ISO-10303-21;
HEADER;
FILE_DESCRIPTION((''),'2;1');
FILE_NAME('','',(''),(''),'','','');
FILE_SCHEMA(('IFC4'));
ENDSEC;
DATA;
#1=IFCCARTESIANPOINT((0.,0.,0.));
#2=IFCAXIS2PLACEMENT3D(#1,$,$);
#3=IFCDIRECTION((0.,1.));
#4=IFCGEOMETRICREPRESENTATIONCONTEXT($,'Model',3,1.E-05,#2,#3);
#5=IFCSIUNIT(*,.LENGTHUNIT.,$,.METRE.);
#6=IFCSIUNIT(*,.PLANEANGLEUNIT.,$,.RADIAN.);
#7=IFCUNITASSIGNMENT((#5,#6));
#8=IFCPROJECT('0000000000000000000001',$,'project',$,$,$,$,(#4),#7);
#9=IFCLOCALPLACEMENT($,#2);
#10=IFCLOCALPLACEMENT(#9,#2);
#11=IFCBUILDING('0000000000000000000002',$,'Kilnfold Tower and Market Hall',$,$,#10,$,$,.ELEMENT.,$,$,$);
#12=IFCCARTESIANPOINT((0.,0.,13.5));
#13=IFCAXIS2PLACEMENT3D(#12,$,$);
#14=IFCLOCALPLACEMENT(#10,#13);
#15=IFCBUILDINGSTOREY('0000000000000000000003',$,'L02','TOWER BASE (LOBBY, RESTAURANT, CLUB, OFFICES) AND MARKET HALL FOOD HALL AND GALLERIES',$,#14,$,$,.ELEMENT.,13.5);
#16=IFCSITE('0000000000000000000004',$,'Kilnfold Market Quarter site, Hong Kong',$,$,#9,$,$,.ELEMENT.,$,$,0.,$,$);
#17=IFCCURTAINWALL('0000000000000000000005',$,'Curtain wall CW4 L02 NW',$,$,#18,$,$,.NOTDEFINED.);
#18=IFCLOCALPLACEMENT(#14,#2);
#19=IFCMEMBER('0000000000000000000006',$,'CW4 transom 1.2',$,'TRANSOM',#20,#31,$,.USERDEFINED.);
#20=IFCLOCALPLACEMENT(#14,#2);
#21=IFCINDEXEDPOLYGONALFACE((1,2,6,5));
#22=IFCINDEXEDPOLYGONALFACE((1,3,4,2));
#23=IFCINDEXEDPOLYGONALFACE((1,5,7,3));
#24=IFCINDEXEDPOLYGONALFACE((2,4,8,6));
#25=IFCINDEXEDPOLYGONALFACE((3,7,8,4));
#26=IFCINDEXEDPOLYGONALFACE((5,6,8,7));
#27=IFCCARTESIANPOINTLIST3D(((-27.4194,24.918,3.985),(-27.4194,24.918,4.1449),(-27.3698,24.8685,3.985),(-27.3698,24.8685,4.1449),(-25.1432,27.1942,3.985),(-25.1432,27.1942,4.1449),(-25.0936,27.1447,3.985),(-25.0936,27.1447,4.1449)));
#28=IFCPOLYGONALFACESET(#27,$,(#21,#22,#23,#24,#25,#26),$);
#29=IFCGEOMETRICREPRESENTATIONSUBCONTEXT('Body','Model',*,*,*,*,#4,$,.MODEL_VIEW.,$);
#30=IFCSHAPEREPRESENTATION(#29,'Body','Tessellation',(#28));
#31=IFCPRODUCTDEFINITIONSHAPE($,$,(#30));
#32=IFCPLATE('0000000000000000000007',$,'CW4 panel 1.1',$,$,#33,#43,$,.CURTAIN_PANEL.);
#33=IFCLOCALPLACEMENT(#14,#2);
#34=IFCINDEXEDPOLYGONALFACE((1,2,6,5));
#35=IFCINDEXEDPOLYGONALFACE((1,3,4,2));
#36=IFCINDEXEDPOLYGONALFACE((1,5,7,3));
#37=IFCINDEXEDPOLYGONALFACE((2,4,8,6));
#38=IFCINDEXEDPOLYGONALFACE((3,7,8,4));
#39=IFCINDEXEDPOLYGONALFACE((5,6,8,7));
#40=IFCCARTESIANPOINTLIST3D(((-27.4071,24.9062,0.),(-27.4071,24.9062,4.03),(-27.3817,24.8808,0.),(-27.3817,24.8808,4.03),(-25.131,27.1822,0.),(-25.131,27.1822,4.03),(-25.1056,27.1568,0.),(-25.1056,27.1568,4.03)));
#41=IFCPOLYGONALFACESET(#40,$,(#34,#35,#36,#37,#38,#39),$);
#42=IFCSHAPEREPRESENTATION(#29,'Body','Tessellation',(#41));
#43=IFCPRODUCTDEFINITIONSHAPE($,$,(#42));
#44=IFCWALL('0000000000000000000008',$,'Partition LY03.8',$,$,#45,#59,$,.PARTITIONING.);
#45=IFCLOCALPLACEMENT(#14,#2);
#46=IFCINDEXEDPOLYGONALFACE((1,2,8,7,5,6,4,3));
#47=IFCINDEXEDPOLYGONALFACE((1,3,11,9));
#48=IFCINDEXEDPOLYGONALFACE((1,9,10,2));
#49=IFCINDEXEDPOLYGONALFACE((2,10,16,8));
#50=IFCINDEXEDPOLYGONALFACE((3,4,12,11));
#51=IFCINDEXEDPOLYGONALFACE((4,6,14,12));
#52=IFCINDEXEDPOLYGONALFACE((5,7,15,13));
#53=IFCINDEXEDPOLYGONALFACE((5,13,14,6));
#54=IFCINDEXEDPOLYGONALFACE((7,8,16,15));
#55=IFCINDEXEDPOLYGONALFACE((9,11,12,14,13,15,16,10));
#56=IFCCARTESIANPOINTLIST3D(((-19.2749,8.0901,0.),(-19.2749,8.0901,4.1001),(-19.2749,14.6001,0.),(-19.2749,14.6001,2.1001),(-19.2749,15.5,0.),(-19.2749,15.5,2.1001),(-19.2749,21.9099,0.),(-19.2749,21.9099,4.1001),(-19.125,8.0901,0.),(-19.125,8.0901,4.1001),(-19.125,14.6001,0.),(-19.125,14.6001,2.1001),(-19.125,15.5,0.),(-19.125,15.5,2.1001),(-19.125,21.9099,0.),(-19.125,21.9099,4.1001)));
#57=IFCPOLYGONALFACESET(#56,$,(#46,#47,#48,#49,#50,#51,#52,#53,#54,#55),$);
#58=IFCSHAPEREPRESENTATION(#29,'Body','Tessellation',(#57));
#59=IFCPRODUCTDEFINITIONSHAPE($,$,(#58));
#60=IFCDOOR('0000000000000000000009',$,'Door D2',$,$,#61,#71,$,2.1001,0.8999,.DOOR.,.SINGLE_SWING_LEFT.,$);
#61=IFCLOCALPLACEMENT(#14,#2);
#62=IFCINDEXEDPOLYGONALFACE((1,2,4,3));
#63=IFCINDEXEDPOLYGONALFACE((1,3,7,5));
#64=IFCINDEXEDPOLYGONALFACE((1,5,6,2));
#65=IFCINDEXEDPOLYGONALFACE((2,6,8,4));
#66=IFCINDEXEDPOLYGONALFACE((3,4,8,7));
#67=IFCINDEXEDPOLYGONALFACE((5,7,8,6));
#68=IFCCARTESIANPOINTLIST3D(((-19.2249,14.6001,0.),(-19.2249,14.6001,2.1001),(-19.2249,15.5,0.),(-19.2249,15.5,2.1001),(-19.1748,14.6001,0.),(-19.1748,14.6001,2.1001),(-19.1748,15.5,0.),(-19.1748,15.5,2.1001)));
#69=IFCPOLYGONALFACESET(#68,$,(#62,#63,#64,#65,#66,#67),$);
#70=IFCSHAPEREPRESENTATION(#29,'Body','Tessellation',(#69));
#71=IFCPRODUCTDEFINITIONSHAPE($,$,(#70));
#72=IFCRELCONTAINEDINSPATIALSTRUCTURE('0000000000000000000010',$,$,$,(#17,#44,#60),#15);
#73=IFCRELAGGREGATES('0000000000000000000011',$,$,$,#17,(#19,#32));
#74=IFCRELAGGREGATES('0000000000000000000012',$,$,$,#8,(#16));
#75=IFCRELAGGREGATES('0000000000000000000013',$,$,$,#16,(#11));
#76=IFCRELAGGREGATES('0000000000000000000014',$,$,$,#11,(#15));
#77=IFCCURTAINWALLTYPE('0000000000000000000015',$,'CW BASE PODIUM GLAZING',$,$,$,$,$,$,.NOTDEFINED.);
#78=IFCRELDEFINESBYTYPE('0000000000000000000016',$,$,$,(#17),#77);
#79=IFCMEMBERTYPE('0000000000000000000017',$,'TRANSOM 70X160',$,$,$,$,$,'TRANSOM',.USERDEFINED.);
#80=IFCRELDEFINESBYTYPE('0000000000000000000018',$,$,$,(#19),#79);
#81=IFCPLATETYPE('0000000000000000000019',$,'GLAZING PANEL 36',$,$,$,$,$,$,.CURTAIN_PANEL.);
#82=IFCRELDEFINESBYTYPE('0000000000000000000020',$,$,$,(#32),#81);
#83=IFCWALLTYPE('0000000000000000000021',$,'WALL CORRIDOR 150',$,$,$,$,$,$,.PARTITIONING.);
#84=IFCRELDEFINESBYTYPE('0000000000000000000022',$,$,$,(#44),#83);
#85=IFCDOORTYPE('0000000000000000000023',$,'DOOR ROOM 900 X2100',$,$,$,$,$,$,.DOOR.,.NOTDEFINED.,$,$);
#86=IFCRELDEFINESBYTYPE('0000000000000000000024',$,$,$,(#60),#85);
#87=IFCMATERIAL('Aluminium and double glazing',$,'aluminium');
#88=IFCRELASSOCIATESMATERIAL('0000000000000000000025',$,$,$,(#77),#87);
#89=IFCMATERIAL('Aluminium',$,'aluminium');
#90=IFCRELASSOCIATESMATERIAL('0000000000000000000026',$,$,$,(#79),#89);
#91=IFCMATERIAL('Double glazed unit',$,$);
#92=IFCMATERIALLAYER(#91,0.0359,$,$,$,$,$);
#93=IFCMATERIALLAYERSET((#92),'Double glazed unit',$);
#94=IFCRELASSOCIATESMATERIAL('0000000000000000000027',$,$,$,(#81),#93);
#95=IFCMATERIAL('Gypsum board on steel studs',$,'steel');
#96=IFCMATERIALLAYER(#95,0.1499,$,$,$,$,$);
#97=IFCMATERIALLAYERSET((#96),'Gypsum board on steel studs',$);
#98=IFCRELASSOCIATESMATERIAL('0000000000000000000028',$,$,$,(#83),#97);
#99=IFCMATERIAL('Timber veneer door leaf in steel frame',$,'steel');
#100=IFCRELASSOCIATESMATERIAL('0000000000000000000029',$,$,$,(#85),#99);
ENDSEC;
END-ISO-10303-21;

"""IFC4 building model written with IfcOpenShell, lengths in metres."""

from ifc_helpers import new_model, si_unit, direction, frame, frame_2d, origin, origin_2d, place, context, subcontext, project, spatial, rectangle, extrude, source, transform, mapped, material, layer, layer_set, material_profile, profile_set, type_object, element, fill, aggregate, save


model = new_model("IFC4")

# Units and contexts
model_context = context("Model", 3, precision=1e-05, world=origin(), true_north=direction((0.0, 1.0)))
body_context = subcontext(model_context, "Body", "Model", "MODEL_VIEW")
ifc_project = project(units=[si_unit("LENGTHUNIT", "METRE"), si_unit("PLANEANGLEUNIT", "RADIAN")], contexts=[model_context])

# Site, building, storey
site_placement = place(None, origin())
site = spatial("IfcSite", under=ifc_project, at=site_placement, Name="Kilnfold Market Quarter site, Hong Kong", CompositionType="ELEMENT", RefElevation=0.0)
building_placement = place(site_placement, origin())
building = spatial("IfcBuilding", under=site, at=building_placement, Name="Kilnfold Tower and Market Hall", CompositionType="ELEMENT")
storey_placement = place(building_placement, frame((0.0, 0.0, 13.5)))
storey = spatial("IfcBuildingStorey", under=building, at=storey_placement, Name="L02", Description="TOWER BASE (LOBBY, RESTAURANT, CLUB, OFFICES) AND MARKET HALL FOOD HALL AND GALLERIES", CompositionType="ELEMENT", Elevation=13.5)

# Curtain wall, member, plate
ifc_material_1 = material(Name="Aluminium and double glazing", Category="aluminium")
curtain_wall_type = type_object("IfcCurtainWallType", Name="CW BASE PODIUM GLAZING", PredefinedType="NOTDEFINED", material=ifc_material_1)
curtain_wall_placement = place(storey_placement, origin())
curtain_wall = element("IfcCurtainWall", 1, at=curtain_wall_placement, inside=storey, type_object=curtain_wall_type, Name="Curtain wall CW4 L02 NW", PredefinedType="NOTDEFINED")
ifc_material_2 = material(Name="Aluminium", Category="aluminium")
ifc_material_profile_1 = material_profile(ifc_material_2, rectangle(XDim=0.0701, YDim=0.1599, at=origin_2d()), Name="TRANSOM 70x160")
ifc_profile_set_1 = profile_set([ifc_material_profile_1], Name="Aluminium")
member_type_1 = type_object("IfcMemberType", Name="TRANSOM 70X160", ElementType="TRANSOM", PredefinedType="USERDEFINED", material=ifc_profile_set_1)
shared_shape_1 = source(origin(), body_context, "Body", "SweptSolid", [
    extrude(rectangle(XDim=0.0701, YDim=0.1599, at=origin_2d()), origin(), (0.0, 0.0, 1.0), 3.219),
])
member_1_placement = place(storey_placement, frame((-25.1184, 27.1694, 4.0649), z_axis=(-0.707107, -0.707107, 0.0), x_axis=(0.707107, -0.707107, 0.0)))
member_1 = element("IfcMember", 2, at=member_1_placement, type_object=member_type_1, Name="CW4 transom 1.2", ObjectType="TRANSOM", PredefinedType="USERDEFINED", context=body_context, shape_type="MappedRepresentation", body=[
    mapped(shared_shape_1, transform((0.0, 0.0, 0.0))),
])
ifc_material_3 = material(Name="Double glazed unit")
ifc_layer_1 = layer(ifc_material_3, 0.0359)
ifc_layer_set_1 = layer_set([ifc_layer_1], Name="Double glazed unit")
plate_type = type_object("IfcPlateType", Name="GLAZING PANEL 36", PredefinedType="CURTAIN_PANEL", material=ifc_layer_set_1)
shared_shape_2 = source(origin(), body_context, "Body", "SweptSolid", [
    extrude(rectangle(XDim=3.2188, YDim=0.0359, at=origin_2d()), origin(), (0.0, 0.0, 1.0), 4.03),
])
plate_placement = place(storey_placement, frame((-26.2563, 26.0315, 0.0), z_axis=(0.0, 0.0, 1.0), x_axis=(-0.707122, -0.707092, 0.0)))
plate = element("IfcPlate", 3, at=plate_placement, type_object=plate_type, Name="CW4 panel 1.1", PredefinedType="CURTAIN_PANEL", context=body_context, shape_type="MappedRepresentation", body=[
    mapped(shared_shape_2, transform((0.0, 0.0, 0.0))),
])
aggregate(curtain_wall, [member_1, plate])

# Wall, opening, door
ifc_material_4 = material(Name="Gypsum board on steel studs", Category="steel")
ifc_layer_2 = layer(ifc_material_4, 0.1499)
ifc_layer_set_2 = layer_set([ifc_layer_2], Name="Gypsum board on steel studs")
wall_type_1 = type_object("IfcWallType", Name="WALL CORRIDOR 150", PredefinedType="PARTITIONING", material=ifc_layer_set_2)
wall_1_placement = place(storey_placement, frame((-19.2, 8.0901, 0.0), z_axis=(0.0, 0.0, 1.0), x_axis=(0.0, 1.0, 0.0)))
wall_1 = element("IfcWall", 4, at=wall_1_placement, inside=storey, type_object=wall_type_1, Name="Partition LY03.8", PredefinedType="PARTITIONING", context=body_context, shape_type="SweptSolid", body=[
    extrude(rectangle(XDim=13.8198, YDim=0.1499, at=frame_2d((6.9099, 0.0))), origin(), (0.0, 0.0, 1.0), 4.1001),
])
opening_1_placement = place(wall_1_placement, frame((6.51, 0.0, 0.0)))
opening_1 = element("IfcOpeningElement", 5, at=opening_1_placement, cuts=wall_1, PredefinedType="OPENING", context=body_context, shape_type="SweptSolid", body=[
    extrude(rectangle(XDim=0.8999, YDim=2.1001, at=frame_2d((0.45, 1.05))), frame((0.0, 0.085, 0.0), z_axis=(0.0, -1.0, 0.0), x_axis=(1.0, 0.0, 0.0)), (0.0, 0.0, 1.0), 0.1699),
])
ifc_material_5 = material(Name="Timber veneer door leaf in steel frame", Category="steel")
door_type_1 = type_object("IfcDoorType", Name="DOOR ROOM 900 X2100", OperationType="NOTDEFINED", PredefinedType="DOOR", material=ifc_material_5)
door_1_placement = place(opening_1_placement, origin())
door_1 = element("IfcDoor", 6, at=door_1_placement, inside=storey, type_object=door_type_1, Name="Door D2", OperationType="SINGLE_SWING_LEFT", OverallHeight=2.1001, OverallWidth=0.8999, PredefinedType="DOOR", context=body_context, shape_type="SweptSolid", body=[
    extrude(rectangle(XDim=0.8999, YDim=2.1001, at=frame_2d((0.45, 1.05))), frame((0.0, 0.0249, 0.0), z_axis=(0.0, -1.0, 0.0), x_axis=(1.0, 0.0, 0.0)), (0.0, 0.0, 1.0), 0.05),
])
fill(opening_1, door_1)

save(model, "model.ifc")
